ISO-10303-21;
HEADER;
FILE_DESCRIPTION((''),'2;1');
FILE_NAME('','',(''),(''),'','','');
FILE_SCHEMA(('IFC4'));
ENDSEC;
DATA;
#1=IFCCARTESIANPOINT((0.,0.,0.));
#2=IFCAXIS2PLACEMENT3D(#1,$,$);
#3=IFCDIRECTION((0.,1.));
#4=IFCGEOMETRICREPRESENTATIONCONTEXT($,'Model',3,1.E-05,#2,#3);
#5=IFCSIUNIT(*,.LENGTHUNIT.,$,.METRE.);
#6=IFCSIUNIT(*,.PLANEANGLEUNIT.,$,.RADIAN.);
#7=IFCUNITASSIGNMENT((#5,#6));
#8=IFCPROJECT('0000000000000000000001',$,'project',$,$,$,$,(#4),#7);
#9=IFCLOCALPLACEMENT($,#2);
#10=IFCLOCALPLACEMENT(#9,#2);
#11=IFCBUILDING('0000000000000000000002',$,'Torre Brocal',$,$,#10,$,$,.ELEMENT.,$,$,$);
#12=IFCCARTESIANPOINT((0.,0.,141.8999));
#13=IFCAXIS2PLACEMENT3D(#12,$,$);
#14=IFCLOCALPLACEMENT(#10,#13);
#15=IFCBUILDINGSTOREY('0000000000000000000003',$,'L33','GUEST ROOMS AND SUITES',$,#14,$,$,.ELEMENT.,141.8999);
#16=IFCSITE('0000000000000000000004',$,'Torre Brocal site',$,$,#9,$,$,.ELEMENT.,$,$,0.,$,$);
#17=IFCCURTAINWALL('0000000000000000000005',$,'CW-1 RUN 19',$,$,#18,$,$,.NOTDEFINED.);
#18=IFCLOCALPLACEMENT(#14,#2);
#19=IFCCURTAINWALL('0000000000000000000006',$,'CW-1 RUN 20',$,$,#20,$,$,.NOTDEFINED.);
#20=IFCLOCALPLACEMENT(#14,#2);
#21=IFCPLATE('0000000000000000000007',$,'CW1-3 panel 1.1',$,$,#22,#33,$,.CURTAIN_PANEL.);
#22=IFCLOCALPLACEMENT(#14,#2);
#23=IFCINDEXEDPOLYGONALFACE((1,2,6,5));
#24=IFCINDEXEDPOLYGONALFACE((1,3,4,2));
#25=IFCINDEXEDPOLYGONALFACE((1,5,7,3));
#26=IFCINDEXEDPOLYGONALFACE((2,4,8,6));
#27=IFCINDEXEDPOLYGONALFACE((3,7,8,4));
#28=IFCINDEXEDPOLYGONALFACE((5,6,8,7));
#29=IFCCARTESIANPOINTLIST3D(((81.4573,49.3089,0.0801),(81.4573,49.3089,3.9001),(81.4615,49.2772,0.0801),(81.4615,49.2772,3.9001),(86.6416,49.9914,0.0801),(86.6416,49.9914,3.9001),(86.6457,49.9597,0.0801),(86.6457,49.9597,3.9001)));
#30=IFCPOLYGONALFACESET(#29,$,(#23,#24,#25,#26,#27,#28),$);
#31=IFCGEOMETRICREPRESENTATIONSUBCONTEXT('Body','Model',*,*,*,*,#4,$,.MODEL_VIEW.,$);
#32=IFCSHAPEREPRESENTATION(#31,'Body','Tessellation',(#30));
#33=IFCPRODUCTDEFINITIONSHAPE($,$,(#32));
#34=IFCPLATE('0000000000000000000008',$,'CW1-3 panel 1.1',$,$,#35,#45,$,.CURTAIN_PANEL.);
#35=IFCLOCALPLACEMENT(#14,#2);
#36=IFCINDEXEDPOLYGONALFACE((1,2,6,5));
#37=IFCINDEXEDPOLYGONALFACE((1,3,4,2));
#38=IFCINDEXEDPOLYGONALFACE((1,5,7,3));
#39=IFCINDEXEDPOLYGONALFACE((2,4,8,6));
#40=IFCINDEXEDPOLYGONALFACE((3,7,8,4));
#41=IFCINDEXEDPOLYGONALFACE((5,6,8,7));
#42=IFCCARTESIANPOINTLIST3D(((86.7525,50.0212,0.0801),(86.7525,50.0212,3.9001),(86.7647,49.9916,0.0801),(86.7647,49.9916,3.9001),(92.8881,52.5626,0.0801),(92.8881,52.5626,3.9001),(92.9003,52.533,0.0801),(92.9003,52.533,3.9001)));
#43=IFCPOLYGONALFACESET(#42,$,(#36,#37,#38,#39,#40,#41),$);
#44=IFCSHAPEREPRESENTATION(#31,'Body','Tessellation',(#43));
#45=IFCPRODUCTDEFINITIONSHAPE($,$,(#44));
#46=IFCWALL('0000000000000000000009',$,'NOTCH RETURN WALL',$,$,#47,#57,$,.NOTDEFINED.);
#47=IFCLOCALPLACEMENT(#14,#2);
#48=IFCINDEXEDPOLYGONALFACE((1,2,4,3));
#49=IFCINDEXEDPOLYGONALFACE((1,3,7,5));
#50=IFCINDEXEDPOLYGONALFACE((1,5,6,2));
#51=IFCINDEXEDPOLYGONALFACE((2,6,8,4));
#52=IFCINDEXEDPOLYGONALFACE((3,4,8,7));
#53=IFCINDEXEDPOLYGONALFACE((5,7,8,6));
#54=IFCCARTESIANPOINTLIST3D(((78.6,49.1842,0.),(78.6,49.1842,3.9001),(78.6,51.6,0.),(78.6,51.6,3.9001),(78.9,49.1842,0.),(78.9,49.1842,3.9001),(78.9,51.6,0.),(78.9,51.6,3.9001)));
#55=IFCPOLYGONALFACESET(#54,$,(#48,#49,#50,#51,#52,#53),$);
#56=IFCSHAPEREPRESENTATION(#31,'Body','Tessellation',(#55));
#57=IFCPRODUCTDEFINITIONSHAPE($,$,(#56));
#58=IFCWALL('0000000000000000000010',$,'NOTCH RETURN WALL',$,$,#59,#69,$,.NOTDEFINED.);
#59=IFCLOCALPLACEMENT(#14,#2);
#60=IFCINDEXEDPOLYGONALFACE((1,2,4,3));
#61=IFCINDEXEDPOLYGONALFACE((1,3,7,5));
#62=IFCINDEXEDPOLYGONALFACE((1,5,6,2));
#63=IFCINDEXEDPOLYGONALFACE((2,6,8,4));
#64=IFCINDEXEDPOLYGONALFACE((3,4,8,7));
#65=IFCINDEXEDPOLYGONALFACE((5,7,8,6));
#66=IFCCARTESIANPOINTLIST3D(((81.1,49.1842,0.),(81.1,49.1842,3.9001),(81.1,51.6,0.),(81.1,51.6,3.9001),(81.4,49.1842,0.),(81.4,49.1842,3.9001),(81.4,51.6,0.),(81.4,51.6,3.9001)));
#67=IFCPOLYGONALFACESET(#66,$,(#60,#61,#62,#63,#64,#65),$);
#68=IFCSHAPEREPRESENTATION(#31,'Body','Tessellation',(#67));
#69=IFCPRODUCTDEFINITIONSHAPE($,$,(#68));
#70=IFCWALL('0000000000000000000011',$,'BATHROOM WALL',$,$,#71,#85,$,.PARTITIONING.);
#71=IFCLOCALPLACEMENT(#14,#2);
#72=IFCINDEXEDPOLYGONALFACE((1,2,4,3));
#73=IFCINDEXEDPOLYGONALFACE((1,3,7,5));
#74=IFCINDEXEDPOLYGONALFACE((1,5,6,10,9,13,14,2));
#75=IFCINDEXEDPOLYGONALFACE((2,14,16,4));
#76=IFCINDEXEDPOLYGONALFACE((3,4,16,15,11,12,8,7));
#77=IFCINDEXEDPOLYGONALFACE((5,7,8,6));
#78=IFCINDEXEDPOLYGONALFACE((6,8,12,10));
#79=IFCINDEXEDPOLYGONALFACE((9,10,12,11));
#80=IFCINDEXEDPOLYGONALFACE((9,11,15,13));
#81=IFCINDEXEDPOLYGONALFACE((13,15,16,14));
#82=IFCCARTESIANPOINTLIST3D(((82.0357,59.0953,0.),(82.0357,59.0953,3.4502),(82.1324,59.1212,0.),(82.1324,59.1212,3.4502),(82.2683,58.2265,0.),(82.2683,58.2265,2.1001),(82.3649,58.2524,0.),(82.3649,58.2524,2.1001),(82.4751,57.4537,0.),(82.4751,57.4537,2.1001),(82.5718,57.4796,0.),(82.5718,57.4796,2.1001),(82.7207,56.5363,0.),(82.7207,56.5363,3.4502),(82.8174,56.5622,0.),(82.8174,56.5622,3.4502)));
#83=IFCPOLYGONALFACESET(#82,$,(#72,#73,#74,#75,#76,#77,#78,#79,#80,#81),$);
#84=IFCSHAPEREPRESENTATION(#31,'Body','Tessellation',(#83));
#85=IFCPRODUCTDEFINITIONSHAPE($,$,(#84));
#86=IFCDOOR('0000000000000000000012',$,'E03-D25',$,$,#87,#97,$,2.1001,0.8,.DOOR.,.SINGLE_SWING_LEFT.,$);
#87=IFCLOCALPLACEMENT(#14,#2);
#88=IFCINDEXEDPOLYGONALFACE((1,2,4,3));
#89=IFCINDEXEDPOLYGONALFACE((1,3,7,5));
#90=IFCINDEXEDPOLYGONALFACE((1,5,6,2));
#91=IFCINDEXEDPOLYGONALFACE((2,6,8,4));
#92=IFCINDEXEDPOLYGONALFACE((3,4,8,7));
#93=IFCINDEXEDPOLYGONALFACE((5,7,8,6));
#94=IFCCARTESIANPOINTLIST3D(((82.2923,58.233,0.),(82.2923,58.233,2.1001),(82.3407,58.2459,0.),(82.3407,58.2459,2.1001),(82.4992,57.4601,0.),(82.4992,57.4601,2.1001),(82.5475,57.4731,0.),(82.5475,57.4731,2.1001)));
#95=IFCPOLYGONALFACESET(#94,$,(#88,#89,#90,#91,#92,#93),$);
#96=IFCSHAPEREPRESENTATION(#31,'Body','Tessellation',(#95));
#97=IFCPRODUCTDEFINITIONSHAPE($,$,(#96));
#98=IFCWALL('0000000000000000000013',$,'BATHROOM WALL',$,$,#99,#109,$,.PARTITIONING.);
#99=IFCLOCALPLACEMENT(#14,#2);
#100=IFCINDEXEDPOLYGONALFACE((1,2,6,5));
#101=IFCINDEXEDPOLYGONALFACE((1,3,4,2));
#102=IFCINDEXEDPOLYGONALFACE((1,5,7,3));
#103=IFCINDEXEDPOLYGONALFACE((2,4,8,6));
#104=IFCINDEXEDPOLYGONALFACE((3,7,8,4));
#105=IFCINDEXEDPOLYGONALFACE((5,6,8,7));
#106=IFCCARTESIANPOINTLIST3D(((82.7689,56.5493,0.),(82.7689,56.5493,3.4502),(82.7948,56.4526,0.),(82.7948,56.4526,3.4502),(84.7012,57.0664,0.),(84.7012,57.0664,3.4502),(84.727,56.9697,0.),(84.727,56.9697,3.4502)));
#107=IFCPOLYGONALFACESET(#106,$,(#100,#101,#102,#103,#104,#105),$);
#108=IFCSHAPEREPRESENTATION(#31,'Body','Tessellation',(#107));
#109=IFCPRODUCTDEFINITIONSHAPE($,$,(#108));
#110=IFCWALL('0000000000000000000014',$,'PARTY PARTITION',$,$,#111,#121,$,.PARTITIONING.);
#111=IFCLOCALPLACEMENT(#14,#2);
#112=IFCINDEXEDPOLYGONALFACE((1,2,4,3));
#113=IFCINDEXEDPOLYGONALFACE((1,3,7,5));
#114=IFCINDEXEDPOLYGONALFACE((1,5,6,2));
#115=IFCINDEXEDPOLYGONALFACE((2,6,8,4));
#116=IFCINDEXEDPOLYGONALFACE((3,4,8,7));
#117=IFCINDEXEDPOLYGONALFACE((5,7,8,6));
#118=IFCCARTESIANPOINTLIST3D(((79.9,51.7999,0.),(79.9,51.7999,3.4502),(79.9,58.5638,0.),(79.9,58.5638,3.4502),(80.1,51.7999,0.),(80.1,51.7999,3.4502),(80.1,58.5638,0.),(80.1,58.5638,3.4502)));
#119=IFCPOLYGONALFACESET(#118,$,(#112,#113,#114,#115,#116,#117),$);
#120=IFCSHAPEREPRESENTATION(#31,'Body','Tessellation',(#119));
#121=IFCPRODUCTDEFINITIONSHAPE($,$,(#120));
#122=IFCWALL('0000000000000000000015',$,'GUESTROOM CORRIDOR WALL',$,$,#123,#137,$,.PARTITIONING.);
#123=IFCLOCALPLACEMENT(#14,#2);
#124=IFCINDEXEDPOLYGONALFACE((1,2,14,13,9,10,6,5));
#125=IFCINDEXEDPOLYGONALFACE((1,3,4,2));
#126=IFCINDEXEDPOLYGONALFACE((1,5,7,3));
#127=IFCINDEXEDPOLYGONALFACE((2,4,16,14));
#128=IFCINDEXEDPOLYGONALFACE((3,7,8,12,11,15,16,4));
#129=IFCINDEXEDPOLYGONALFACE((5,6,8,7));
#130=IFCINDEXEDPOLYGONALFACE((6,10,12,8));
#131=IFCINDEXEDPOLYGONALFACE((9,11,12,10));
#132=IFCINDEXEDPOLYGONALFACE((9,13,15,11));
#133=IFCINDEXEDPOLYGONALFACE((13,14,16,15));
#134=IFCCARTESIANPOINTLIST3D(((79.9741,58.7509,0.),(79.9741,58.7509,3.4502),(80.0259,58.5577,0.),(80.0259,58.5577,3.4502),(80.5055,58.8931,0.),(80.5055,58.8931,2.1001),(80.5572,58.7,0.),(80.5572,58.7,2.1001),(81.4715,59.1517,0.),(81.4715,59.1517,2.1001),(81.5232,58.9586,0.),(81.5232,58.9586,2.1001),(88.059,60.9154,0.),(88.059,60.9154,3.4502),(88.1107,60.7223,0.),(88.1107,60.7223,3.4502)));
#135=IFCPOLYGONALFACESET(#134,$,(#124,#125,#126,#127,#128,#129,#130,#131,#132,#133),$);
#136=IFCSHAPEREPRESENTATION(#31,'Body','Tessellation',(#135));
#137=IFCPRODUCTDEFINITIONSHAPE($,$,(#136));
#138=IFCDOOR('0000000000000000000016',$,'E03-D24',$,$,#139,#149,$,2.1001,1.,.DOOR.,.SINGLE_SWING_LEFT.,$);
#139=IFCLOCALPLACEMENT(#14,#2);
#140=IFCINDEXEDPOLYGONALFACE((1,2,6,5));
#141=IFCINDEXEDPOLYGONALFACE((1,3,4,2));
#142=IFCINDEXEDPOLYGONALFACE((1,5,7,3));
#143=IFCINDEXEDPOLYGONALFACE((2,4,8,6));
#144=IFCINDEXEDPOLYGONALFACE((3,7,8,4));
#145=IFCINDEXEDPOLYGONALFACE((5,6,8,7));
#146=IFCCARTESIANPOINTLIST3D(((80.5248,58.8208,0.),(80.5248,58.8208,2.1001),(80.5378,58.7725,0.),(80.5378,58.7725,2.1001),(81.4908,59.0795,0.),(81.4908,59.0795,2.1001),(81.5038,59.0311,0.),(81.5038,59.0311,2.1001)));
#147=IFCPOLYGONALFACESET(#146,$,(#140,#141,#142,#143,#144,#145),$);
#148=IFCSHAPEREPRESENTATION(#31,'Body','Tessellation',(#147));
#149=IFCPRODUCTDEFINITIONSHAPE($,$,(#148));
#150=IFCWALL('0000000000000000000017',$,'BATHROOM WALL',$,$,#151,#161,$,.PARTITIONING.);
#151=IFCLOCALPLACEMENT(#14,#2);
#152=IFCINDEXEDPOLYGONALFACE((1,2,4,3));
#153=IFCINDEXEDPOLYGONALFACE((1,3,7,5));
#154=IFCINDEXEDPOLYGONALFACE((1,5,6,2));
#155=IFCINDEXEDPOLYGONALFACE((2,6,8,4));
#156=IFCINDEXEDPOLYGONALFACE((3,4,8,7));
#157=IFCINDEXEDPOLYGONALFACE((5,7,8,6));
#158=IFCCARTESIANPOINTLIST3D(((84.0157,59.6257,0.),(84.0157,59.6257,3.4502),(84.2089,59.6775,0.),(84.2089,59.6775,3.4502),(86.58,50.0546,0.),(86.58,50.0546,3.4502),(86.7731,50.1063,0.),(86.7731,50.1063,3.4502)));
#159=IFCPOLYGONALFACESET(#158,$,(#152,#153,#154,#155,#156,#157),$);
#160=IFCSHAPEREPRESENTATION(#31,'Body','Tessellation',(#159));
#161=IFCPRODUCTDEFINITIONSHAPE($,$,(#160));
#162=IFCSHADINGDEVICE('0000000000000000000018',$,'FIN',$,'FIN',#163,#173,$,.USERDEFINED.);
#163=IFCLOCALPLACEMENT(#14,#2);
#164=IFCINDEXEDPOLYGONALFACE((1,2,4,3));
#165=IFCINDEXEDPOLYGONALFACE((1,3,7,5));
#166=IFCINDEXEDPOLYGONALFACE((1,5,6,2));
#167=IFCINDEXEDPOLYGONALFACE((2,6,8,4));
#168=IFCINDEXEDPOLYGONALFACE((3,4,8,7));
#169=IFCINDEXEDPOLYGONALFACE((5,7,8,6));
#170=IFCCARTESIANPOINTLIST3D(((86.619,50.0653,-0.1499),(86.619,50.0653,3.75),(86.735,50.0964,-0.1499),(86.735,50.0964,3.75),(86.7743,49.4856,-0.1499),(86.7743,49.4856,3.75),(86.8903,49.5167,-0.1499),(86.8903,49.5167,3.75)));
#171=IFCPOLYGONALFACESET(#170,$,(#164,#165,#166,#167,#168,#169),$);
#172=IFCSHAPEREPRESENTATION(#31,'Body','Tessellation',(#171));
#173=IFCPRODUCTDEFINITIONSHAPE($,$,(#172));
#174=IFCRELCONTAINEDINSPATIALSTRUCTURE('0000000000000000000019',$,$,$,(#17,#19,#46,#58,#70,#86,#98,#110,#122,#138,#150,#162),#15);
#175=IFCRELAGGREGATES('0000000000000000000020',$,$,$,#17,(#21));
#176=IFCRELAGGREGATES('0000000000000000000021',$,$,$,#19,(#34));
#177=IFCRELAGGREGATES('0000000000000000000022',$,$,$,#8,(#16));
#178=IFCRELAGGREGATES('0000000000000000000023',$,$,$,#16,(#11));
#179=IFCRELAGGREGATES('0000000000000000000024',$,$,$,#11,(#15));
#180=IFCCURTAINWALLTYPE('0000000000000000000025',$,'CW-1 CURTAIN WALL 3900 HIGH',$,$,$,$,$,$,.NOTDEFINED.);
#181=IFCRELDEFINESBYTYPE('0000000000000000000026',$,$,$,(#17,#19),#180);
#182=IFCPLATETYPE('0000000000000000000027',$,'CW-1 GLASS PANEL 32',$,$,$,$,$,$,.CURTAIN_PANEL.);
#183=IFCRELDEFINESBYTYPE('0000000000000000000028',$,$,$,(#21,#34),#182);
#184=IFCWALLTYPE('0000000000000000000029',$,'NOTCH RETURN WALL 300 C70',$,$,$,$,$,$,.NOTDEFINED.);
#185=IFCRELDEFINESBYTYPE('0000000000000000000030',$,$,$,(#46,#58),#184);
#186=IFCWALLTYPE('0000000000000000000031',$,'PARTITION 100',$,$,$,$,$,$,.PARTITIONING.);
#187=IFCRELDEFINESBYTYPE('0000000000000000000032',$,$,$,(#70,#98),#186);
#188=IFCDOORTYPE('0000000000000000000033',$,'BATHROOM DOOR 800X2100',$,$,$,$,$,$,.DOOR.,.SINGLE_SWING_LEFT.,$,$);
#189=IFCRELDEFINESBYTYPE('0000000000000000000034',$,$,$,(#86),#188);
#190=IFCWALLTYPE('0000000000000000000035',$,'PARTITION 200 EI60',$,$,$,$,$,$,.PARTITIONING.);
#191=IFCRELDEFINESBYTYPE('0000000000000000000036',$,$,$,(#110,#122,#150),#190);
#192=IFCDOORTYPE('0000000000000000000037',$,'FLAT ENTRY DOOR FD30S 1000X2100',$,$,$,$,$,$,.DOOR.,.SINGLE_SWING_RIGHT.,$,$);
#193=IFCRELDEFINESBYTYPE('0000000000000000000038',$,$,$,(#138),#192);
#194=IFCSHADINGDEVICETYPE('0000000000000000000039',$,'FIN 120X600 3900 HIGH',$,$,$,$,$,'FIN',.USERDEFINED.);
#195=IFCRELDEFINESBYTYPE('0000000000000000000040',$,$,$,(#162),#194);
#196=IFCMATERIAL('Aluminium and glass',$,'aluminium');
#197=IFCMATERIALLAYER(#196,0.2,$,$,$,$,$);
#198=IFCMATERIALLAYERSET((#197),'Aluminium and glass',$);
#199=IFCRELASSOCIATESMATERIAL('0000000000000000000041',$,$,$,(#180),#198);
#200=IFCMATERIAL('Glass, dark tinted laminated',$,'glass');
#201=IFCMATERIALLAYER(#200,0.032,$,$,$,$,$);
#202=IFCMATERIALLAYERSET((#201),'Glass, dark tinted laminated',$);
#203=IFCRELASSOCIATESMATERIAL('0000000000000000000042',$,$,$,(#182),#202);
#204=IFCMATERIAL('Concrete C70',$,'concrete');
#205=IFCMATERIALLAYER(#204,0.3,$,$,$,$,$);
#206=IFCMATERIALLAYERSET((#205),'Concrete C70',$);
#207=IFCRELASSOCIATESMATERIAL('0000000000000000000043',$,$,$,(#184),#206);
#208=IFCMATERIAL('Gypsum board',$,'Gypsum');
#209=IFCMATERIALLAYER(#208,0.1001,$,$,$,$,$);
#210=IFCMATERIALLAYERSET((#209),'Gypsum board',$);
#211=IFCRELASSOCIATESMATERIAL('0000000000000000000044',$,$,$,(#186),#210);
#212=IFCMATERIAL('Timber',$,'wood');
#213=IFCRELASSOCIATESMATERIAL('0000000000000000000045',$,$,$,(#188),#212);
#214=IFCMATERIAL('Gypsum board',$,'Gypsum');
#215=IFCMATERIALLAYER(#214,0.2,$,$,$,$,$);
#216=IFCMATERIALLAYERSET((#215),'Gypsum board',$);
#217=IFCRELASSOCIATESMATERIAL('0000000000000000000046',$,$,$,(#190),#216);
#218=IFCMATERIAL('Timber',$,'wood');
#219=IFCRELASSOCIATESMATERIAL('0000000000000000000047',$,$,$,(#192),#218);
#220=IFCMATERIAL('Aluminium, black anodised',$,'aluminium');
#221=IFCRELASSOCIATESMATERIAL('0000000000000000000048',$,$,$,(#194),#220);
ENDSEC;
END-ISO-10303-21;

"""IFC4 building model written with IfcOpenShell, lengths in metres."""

from ifc_helpers import new_model, si_unit, direction, frame, frame_2d, origin, origin_2d, place, context, subcontext, project, spatial, rectangle, extrude, material, layer, layer_set, material_profile, profile_set, type_object, element, fill, aggregate, save


model = new_model("IFC4")

# Units and contexts
model_context = context("Model", 3, precision=1e-05, world=origin(), true_north=direction((0.0, 1.0)))
body_context = subcontext(model_context, "Body", "Model", "MODEL_VIEW")
ifc_project = project(units=[si_unit("LENGTHUNIT", "METRE"), si_unit("PLANEANGLEUNIT", "RADIAN")], contexts=[model_context])

# Site, building, storey
site_placement = place(None, origin())
site = spatial("IfcSite", under=ifc_project, at=site_placement, Name="Torre Brocal site", CompositionType="ELEMENT", RefElevation=0.0)
building_placement = place(site_placement, origin())
building = spatial("IfcBuilding", under=site, at=building_placement, Name="Torre Brocal", CompositionType="ELEMENT")
storey_placement = place(building_placement, frame((0.0, 0.0, 141.8999)))
storey = spatial("IfcBuildingStorey", under=building, at=storey_placement, Name="L33", Description="GUEST ROOMS AND SUITES", CompositionType="ELEMENT", Elevation=141.8999)

# Curtain wall
ifc_material_1 = material(Name="Aluminium and glass", Category="aluminium")
ifc_layer_1 = layer(ifc_material_1, 0.2)
ifc_layer_set_1 = layer_set([ifc_layer_1], Name="Aluminium and glass")
curtain_wall_type = type_object("IfcCurtainWallType", Name="CW-1 CURTAIN WALL 3900 HIGH", PredefinedType="NOTDEFINED", material=ifc_layer_set_1)
curtain_wall_1_placement = place(storey_placement, origin())
curtain_wall_1 = element("IfcCurtainWall", 1, at=curtain_wall_1_placement, inside=storey, type_object=curtain_wall_type, Name="CW-1 RUN 19", PredefinedType="NOTDEFINED")

# Curtain wall
curtain_wall_2_placement = place(storey_placement, origin())
curtain_wall_2 = element("IfcCurtainWall", 2, at=curtain_wall_2_placement, inside=storey, type_object=curtain_wall_type, Name="CW-1 RUN 20", PredefinedType="NOTDEFINED")

# Plates
ifc_material_2 = material(Name="Glass, dark tinted laminated", Category="glass")
ifc_layer_2 = layer(ifc_material_2, 0.032)
ifc_layer_set_2 = layer_set([ifc_layer_2], Name="Glass, dark tinted laminated")
plate_type = type_object("IfcPlateType", Name="CW-1 GLASS PANEL 32", PredefinedType="CURTAIN_PANEL", material=ifc_layer_set_2)
plate_1_placement = place(storey_placement, frame((84.0515, 49.6343, 0.0801), z_axis=(0.0, 0.0, 1.0), x_axis=(0.991445, 0.130526, 0.0)))
plate_1 = element("IfcPlate", 3, at=plate_1_placement, type_object=plate_type, Name="CW1-3 panel 1.1", PredefinedType="CURTAIN_PANEL", context=body_context, shape_type="SweptSolid", body=[
    extrude(rectangle(XDim=5.229, YDim=0.032, at=origin_2d()), origin(), (0.0, 0.0, 1.0), 3.8201),
])
aggregate(curtain_wall_1, [plate_1])
plate_2_placement = place(storey_placement, frame((89.8264, 51.2771, 0.0801), z_axis=(0.0, 0.0, 1.0), x_axis=(0.92388, 0.382683, 0.0)))
plate_2 = element("IfcPlate", 4, at=plate_2_placement, type_object=plate_type, Name="CW1-3 panel 1.1", PredefinedType="CURTAIN_PANEL", context=body_context, shape_type="SweptSolid", body=[
    extrude(rectangle(XDim=6.6411, YDim=0.032, at=origin_2d()), origin(), (0.0, 0.0, 1.0), 3.8201),
])
aggregate(curtain_wall_2, [plate_2])

# Walls
ifc_material_3 = material(Name="Concrete C70", Category="concrete")
ifc_layer_3 = layer(ifc_material_3, 0.3)
ifc_layer_set_3 = layer_set([ifc_layer_3], Name="Concrete C70")
wall_type_1 = type_object("IfcWallType", Name="NOTCH RETURN WALL 300 C70", PredefinedType="NOTDEFINED", material=ifc_layer_set_3)
for number, where, z_axis, x_axis, name in (
    (5, (78.75, 51.6001, 0.0), (0.0, 0.0, 1.0), (0.0, -1.0, 0.0), "NOTCH RETURN WALL"),
    (6, (81.25, 51.6001, 0.0), (0.0, 0.0, 1.0), (0.0, -1.0, 0.0), "NOTCH RETURN WALL"),
):
    element("IfcWall", number, at=place(storey_placement, frame(where, z_axis=z_axis, x_axis=x_axis)), inside=storey, type_object=wall_type_1, Name=name, PredefinedType="NOTDEFINED", context=body_context, shape_type="SweptSolid", body=[
        extrude(rectangle(XDim=2.4158, YDim=0.3, at=frame_2d((1.208, 0.0))), origin(), (0.0, 0.0, 1.0), 3.9001),
    ])

# Wall, opening, door
ifc_material_4 = material(Name="Gypsum board", Category="Gypsum")
ifc_layer_4 = layer(ifc_material_4, 0.1001)
ifc_layer_set_4 = layer_set([ifc_layer_4], Name="Gypsum board")
wall_type_2 = type_object("IfcWallType", Name="PARTITION 100", PredefinedType="PARTITIONING", material=ifc_layer_set_4)
wall_1_placement = place(storey_placement, frame((82.084, 59.1084, 0.0), z_axis=(0.0, 0.0, 1.0), x_axis=(0.258592, -0.965987, 0.0)))
wall_1 = element("IfcWall", 7, at=wall_1_placement, inside=storey, type_object=wall_type_2, Name="BATHROOM WALL", PredefinedType="PARTITIONING", context=body_context, shape_type="SweptSolid", body=[
    extrude(rectangle(XDim=2.6492, YDim=0.1001, at=frame_2d((1.3247, 0.0))), origin(), (0.0, 0.0, 1.0), 3.4502),
])
opening_1_placement = place(wall_1_placement, frame((0.8997, 0.0, 0.0)))
opening_1 = element("IfcOpeningElement", 8, at=opening_1_placement, cuts=wall_1, PredefinedType="OPENING", context=body_context, shape_type="SweptSolid", body=[
    extrude(rectangle(XDim=0.8, YDim=2.1001, at=frame_2d((0.3999, 1.05))), frame((0.0, 0.0601, 0.0), z_axis=(0.0, -1.0, 0.0), x_axis=(1.0, 0.0, 0.0)), (0.0, 0.0, 1.0), 0.1201),
])
ifc_material_5 = material(Name="Timber", Category="wood")
door_type_1 = type_object("IfcDoorType", Name="BATHROOM DOOR 800X2100", OperationType="SINGLE_SWING_LEFT", PredefinedType="DOOR", material=ifc_material_5)
door_1_placement = place(opening_1_placement, origin())
door_1 = element("IfcDoor", 9, at=door_1_placement, inside=storey, type_object=door_type_1, Name="E03-D25", OperationType="SINGLE_SWING_LEFT", OverallHeight=2.1001, OverallWidth=0.8, PredefinedType="DOOR", context=body_context, shape_type="SweptSolid", body=[
    extrude(rectangle(XDim=0.8, YDim=2.1001, at=frame_2d((0.3999, 1.05))), frame((0.0, 0.0249, 0.0), z_axis=(0.0, -1.0, 0.0), x_axis=(1.0, 0.0, 0.0)), (0.0, 0.0, 1.0), 0.05),
])
fill(opening_1, door_1)

# Walls
wall_2_placement = place(storey_placement, frame((82.782, 56.501, 0.0), z_axis=(0.0, 0.0, 1.0), x_axis=(0.966004, 0.258529, 0.0)))
element("IfcWall", 10, at=wall_2_placement, inside=storey, type_object=wall_type_2, Name="BATHROOM WALL", PredefinedType="PARTITIONING", context=body_context, shape_type="SweptSolid", body=[
    extrude(rectangle(XDim=2.0002, YDim=0.1001, at=frame_2d((1.0, 0.0))), origin(), (0.0, 0.0, 1.0), 3.4502),
])
ifc_material_6 = material(Name="Gypsum board", Category="Gypsum")
ifc_layer_5 = layer(ifc_material_6, 0.2)
ifc_layer_set_5 = layer_set([ifc_layer_5], Name="Gypsum board")
wall_type_3 = type_object("IfcWallType", Name="PARTITION 200 EI60", PredefinedType="PARTITIONING", material=ifc_layer_set_5)
wall_3_placement = place(storey_placement, frame((80.0, 51.8, 0.0), z_axis=(0.0, 0.0, 1.0), x_axis=(0.0, 1.0, 0.0)))
element("IfcWall", 11, at=wall_3_placement, inside=storey, type_object=wall_type_3, Name="PARTY PARTITION", PredefinedType="PARTITIONING", context=body_context, shape_type="SweptSolid", body=[
    extrude(rectangle(XDim=6.7639, YDim=0.2, at=frame_2d((3.3818, 0.0))), origin(), (0.0, 0.0, 1.0), 3.4502),
])

# Wall, opening, door
wall_4_placement = place(storey_placement, frame((80.0, 58.6543, 0.0), z_axis=(0.0, 0.0, 1.0), x_axis=(0.96598, 0.258617, 0.0)))
wall_4 = element("IfcWall", 12, at=wall_4_placement, inside=storey, type_object=wall_type_3, Name="GUESTROOM CORRIDOR WALL", PredefinedType="PARTITIONING", context=body_context, shape_type="SweptSolid", body=[
    extrude(rectangle(XDim=8.3696, YDim=0.2, at=frame_2d((4.1848, 0.0))), origin(), (0.0, 0.0, 1.0), 3.4502),
])
opening_2_placement = place(wall_4_placement, frame((0.55, 0.0, 0.0)))
opening_2 = element("IfcOpeningElement", 13, at=opening_2_placement, cuts=wall_4, PredefinedType="OPENING", context=body_context, shape_type="SweptSolid", body=[
    extrude(rectangle(XDim=1.0, YDim=2.1001, at=frame_2d((0.5, 1.05))), frame((0.0, 0.1099, 0.0), z_axis=(0.0, -1.0, 0.0), x_axis=(1.0, 0.0, 0.0)), (0.0, 0.0, 1.0), 0.22),
])
ifc_material_7 = material(Name="Timber", Category="wood")
door_type_2 = type_object("IfcDoorType", Name="FLAT ENTRY DOOR FD30S 1000X2100", OperationType="SINGLE_SWING_RIGHT", PredefinedType="DOOR", material=ifc_material_7)
door_2_placement = place(opening_2_placement, frame((1.0, 0.0, 0.0), z_axis=(0.0, 0.0, 1.0), x_axis=(-1.0, 0.0, 0.0)))
door_2 = element("IfcDoor", 14, at=door_2_placement, inside=storey, type_object=door_type_2, Name="E03-D24", OperationType="SINGLE_SWING_LEFT", OverallHeight=2.1001, OverallWidth=1.0, PredefinedType="DOOR", context=body_context, shape_type="SweptSolid", body=[
    extrude(rectangle(XDim=1.0, YDim=2.1001, at=frame_2d((0.5, 1.05))), frame((0.0, 0.0249, 0.0), z_axis=(0.0, -1.0, 0.0), x_axis=(1.0, 0.0, 0.0)), (0.0, 0.0, 1.0), 0.05),
])
fill(opening_2, door_2)

# Wall
wall_5_placement = place(storey_placement, frame((84.1123, 59.6516, 0.0), z_axis=(0.0, 0.0, 1.0), x_axis=(0.258787, -0.965935, 0.0)))
element("IfcWall", 15, at=wall_5_placement, inside=storey, type_object=wall_type_3, Name="BATHROOM WALL", PredefinedType="PARTITIONING", context=body_context, shape_type="SweptSolid", body=[
    extrude(rectangle(XDim=9.9087, YDim=0.2, at=frame_2d((4.9543, 0.0))), origin(), (0.0, 0.0, 1.0), 3.4502),
])

# Shading device
ifc_material_8 = material(Name="Aluminium, black anodised", Category="aluminium")
ifc_material_profile_1 = material_profile(ifc_material_8, rectangle(XDim=0.1201, YDim=0.6001, at=origin_2d()), Name="FIN 120X600 3900 HIGH")
ifc_profile_set_1 = profile_set([ifc_material_profile_1], Name="Aluminium, black anodised")
shading_device_type = type_object("IfcShadingDeviceType", Name="FIN 120X600 3900 HIGH", ElementType="FIN", PredefinedType="USERDEFINED", material=ifc_profile_set_1)
shading_device_placement = place(storey_placement, frame((86.7546, 49.791, -0.1499), z_axis=(0.0, 0.0, 1.0), x_axis=(0.965926, 0.258819, 0.0)))
element("IfcShadingDevice", 16, at=shading_device_placement, inside=storey, type_object=shading_device_type, Name="FIN", ObjectType="FIN", PredefinedType="USERDEFINED", context=body_context, shape_type="SweptSolid", body=[
    extrude(rectangle(XDim=0.1201, YDim=0.6001, at=origin_2d()), origin(), (0.0, 0.0, 1.0), 3.8999),
])

save(model, "model.ifc")
